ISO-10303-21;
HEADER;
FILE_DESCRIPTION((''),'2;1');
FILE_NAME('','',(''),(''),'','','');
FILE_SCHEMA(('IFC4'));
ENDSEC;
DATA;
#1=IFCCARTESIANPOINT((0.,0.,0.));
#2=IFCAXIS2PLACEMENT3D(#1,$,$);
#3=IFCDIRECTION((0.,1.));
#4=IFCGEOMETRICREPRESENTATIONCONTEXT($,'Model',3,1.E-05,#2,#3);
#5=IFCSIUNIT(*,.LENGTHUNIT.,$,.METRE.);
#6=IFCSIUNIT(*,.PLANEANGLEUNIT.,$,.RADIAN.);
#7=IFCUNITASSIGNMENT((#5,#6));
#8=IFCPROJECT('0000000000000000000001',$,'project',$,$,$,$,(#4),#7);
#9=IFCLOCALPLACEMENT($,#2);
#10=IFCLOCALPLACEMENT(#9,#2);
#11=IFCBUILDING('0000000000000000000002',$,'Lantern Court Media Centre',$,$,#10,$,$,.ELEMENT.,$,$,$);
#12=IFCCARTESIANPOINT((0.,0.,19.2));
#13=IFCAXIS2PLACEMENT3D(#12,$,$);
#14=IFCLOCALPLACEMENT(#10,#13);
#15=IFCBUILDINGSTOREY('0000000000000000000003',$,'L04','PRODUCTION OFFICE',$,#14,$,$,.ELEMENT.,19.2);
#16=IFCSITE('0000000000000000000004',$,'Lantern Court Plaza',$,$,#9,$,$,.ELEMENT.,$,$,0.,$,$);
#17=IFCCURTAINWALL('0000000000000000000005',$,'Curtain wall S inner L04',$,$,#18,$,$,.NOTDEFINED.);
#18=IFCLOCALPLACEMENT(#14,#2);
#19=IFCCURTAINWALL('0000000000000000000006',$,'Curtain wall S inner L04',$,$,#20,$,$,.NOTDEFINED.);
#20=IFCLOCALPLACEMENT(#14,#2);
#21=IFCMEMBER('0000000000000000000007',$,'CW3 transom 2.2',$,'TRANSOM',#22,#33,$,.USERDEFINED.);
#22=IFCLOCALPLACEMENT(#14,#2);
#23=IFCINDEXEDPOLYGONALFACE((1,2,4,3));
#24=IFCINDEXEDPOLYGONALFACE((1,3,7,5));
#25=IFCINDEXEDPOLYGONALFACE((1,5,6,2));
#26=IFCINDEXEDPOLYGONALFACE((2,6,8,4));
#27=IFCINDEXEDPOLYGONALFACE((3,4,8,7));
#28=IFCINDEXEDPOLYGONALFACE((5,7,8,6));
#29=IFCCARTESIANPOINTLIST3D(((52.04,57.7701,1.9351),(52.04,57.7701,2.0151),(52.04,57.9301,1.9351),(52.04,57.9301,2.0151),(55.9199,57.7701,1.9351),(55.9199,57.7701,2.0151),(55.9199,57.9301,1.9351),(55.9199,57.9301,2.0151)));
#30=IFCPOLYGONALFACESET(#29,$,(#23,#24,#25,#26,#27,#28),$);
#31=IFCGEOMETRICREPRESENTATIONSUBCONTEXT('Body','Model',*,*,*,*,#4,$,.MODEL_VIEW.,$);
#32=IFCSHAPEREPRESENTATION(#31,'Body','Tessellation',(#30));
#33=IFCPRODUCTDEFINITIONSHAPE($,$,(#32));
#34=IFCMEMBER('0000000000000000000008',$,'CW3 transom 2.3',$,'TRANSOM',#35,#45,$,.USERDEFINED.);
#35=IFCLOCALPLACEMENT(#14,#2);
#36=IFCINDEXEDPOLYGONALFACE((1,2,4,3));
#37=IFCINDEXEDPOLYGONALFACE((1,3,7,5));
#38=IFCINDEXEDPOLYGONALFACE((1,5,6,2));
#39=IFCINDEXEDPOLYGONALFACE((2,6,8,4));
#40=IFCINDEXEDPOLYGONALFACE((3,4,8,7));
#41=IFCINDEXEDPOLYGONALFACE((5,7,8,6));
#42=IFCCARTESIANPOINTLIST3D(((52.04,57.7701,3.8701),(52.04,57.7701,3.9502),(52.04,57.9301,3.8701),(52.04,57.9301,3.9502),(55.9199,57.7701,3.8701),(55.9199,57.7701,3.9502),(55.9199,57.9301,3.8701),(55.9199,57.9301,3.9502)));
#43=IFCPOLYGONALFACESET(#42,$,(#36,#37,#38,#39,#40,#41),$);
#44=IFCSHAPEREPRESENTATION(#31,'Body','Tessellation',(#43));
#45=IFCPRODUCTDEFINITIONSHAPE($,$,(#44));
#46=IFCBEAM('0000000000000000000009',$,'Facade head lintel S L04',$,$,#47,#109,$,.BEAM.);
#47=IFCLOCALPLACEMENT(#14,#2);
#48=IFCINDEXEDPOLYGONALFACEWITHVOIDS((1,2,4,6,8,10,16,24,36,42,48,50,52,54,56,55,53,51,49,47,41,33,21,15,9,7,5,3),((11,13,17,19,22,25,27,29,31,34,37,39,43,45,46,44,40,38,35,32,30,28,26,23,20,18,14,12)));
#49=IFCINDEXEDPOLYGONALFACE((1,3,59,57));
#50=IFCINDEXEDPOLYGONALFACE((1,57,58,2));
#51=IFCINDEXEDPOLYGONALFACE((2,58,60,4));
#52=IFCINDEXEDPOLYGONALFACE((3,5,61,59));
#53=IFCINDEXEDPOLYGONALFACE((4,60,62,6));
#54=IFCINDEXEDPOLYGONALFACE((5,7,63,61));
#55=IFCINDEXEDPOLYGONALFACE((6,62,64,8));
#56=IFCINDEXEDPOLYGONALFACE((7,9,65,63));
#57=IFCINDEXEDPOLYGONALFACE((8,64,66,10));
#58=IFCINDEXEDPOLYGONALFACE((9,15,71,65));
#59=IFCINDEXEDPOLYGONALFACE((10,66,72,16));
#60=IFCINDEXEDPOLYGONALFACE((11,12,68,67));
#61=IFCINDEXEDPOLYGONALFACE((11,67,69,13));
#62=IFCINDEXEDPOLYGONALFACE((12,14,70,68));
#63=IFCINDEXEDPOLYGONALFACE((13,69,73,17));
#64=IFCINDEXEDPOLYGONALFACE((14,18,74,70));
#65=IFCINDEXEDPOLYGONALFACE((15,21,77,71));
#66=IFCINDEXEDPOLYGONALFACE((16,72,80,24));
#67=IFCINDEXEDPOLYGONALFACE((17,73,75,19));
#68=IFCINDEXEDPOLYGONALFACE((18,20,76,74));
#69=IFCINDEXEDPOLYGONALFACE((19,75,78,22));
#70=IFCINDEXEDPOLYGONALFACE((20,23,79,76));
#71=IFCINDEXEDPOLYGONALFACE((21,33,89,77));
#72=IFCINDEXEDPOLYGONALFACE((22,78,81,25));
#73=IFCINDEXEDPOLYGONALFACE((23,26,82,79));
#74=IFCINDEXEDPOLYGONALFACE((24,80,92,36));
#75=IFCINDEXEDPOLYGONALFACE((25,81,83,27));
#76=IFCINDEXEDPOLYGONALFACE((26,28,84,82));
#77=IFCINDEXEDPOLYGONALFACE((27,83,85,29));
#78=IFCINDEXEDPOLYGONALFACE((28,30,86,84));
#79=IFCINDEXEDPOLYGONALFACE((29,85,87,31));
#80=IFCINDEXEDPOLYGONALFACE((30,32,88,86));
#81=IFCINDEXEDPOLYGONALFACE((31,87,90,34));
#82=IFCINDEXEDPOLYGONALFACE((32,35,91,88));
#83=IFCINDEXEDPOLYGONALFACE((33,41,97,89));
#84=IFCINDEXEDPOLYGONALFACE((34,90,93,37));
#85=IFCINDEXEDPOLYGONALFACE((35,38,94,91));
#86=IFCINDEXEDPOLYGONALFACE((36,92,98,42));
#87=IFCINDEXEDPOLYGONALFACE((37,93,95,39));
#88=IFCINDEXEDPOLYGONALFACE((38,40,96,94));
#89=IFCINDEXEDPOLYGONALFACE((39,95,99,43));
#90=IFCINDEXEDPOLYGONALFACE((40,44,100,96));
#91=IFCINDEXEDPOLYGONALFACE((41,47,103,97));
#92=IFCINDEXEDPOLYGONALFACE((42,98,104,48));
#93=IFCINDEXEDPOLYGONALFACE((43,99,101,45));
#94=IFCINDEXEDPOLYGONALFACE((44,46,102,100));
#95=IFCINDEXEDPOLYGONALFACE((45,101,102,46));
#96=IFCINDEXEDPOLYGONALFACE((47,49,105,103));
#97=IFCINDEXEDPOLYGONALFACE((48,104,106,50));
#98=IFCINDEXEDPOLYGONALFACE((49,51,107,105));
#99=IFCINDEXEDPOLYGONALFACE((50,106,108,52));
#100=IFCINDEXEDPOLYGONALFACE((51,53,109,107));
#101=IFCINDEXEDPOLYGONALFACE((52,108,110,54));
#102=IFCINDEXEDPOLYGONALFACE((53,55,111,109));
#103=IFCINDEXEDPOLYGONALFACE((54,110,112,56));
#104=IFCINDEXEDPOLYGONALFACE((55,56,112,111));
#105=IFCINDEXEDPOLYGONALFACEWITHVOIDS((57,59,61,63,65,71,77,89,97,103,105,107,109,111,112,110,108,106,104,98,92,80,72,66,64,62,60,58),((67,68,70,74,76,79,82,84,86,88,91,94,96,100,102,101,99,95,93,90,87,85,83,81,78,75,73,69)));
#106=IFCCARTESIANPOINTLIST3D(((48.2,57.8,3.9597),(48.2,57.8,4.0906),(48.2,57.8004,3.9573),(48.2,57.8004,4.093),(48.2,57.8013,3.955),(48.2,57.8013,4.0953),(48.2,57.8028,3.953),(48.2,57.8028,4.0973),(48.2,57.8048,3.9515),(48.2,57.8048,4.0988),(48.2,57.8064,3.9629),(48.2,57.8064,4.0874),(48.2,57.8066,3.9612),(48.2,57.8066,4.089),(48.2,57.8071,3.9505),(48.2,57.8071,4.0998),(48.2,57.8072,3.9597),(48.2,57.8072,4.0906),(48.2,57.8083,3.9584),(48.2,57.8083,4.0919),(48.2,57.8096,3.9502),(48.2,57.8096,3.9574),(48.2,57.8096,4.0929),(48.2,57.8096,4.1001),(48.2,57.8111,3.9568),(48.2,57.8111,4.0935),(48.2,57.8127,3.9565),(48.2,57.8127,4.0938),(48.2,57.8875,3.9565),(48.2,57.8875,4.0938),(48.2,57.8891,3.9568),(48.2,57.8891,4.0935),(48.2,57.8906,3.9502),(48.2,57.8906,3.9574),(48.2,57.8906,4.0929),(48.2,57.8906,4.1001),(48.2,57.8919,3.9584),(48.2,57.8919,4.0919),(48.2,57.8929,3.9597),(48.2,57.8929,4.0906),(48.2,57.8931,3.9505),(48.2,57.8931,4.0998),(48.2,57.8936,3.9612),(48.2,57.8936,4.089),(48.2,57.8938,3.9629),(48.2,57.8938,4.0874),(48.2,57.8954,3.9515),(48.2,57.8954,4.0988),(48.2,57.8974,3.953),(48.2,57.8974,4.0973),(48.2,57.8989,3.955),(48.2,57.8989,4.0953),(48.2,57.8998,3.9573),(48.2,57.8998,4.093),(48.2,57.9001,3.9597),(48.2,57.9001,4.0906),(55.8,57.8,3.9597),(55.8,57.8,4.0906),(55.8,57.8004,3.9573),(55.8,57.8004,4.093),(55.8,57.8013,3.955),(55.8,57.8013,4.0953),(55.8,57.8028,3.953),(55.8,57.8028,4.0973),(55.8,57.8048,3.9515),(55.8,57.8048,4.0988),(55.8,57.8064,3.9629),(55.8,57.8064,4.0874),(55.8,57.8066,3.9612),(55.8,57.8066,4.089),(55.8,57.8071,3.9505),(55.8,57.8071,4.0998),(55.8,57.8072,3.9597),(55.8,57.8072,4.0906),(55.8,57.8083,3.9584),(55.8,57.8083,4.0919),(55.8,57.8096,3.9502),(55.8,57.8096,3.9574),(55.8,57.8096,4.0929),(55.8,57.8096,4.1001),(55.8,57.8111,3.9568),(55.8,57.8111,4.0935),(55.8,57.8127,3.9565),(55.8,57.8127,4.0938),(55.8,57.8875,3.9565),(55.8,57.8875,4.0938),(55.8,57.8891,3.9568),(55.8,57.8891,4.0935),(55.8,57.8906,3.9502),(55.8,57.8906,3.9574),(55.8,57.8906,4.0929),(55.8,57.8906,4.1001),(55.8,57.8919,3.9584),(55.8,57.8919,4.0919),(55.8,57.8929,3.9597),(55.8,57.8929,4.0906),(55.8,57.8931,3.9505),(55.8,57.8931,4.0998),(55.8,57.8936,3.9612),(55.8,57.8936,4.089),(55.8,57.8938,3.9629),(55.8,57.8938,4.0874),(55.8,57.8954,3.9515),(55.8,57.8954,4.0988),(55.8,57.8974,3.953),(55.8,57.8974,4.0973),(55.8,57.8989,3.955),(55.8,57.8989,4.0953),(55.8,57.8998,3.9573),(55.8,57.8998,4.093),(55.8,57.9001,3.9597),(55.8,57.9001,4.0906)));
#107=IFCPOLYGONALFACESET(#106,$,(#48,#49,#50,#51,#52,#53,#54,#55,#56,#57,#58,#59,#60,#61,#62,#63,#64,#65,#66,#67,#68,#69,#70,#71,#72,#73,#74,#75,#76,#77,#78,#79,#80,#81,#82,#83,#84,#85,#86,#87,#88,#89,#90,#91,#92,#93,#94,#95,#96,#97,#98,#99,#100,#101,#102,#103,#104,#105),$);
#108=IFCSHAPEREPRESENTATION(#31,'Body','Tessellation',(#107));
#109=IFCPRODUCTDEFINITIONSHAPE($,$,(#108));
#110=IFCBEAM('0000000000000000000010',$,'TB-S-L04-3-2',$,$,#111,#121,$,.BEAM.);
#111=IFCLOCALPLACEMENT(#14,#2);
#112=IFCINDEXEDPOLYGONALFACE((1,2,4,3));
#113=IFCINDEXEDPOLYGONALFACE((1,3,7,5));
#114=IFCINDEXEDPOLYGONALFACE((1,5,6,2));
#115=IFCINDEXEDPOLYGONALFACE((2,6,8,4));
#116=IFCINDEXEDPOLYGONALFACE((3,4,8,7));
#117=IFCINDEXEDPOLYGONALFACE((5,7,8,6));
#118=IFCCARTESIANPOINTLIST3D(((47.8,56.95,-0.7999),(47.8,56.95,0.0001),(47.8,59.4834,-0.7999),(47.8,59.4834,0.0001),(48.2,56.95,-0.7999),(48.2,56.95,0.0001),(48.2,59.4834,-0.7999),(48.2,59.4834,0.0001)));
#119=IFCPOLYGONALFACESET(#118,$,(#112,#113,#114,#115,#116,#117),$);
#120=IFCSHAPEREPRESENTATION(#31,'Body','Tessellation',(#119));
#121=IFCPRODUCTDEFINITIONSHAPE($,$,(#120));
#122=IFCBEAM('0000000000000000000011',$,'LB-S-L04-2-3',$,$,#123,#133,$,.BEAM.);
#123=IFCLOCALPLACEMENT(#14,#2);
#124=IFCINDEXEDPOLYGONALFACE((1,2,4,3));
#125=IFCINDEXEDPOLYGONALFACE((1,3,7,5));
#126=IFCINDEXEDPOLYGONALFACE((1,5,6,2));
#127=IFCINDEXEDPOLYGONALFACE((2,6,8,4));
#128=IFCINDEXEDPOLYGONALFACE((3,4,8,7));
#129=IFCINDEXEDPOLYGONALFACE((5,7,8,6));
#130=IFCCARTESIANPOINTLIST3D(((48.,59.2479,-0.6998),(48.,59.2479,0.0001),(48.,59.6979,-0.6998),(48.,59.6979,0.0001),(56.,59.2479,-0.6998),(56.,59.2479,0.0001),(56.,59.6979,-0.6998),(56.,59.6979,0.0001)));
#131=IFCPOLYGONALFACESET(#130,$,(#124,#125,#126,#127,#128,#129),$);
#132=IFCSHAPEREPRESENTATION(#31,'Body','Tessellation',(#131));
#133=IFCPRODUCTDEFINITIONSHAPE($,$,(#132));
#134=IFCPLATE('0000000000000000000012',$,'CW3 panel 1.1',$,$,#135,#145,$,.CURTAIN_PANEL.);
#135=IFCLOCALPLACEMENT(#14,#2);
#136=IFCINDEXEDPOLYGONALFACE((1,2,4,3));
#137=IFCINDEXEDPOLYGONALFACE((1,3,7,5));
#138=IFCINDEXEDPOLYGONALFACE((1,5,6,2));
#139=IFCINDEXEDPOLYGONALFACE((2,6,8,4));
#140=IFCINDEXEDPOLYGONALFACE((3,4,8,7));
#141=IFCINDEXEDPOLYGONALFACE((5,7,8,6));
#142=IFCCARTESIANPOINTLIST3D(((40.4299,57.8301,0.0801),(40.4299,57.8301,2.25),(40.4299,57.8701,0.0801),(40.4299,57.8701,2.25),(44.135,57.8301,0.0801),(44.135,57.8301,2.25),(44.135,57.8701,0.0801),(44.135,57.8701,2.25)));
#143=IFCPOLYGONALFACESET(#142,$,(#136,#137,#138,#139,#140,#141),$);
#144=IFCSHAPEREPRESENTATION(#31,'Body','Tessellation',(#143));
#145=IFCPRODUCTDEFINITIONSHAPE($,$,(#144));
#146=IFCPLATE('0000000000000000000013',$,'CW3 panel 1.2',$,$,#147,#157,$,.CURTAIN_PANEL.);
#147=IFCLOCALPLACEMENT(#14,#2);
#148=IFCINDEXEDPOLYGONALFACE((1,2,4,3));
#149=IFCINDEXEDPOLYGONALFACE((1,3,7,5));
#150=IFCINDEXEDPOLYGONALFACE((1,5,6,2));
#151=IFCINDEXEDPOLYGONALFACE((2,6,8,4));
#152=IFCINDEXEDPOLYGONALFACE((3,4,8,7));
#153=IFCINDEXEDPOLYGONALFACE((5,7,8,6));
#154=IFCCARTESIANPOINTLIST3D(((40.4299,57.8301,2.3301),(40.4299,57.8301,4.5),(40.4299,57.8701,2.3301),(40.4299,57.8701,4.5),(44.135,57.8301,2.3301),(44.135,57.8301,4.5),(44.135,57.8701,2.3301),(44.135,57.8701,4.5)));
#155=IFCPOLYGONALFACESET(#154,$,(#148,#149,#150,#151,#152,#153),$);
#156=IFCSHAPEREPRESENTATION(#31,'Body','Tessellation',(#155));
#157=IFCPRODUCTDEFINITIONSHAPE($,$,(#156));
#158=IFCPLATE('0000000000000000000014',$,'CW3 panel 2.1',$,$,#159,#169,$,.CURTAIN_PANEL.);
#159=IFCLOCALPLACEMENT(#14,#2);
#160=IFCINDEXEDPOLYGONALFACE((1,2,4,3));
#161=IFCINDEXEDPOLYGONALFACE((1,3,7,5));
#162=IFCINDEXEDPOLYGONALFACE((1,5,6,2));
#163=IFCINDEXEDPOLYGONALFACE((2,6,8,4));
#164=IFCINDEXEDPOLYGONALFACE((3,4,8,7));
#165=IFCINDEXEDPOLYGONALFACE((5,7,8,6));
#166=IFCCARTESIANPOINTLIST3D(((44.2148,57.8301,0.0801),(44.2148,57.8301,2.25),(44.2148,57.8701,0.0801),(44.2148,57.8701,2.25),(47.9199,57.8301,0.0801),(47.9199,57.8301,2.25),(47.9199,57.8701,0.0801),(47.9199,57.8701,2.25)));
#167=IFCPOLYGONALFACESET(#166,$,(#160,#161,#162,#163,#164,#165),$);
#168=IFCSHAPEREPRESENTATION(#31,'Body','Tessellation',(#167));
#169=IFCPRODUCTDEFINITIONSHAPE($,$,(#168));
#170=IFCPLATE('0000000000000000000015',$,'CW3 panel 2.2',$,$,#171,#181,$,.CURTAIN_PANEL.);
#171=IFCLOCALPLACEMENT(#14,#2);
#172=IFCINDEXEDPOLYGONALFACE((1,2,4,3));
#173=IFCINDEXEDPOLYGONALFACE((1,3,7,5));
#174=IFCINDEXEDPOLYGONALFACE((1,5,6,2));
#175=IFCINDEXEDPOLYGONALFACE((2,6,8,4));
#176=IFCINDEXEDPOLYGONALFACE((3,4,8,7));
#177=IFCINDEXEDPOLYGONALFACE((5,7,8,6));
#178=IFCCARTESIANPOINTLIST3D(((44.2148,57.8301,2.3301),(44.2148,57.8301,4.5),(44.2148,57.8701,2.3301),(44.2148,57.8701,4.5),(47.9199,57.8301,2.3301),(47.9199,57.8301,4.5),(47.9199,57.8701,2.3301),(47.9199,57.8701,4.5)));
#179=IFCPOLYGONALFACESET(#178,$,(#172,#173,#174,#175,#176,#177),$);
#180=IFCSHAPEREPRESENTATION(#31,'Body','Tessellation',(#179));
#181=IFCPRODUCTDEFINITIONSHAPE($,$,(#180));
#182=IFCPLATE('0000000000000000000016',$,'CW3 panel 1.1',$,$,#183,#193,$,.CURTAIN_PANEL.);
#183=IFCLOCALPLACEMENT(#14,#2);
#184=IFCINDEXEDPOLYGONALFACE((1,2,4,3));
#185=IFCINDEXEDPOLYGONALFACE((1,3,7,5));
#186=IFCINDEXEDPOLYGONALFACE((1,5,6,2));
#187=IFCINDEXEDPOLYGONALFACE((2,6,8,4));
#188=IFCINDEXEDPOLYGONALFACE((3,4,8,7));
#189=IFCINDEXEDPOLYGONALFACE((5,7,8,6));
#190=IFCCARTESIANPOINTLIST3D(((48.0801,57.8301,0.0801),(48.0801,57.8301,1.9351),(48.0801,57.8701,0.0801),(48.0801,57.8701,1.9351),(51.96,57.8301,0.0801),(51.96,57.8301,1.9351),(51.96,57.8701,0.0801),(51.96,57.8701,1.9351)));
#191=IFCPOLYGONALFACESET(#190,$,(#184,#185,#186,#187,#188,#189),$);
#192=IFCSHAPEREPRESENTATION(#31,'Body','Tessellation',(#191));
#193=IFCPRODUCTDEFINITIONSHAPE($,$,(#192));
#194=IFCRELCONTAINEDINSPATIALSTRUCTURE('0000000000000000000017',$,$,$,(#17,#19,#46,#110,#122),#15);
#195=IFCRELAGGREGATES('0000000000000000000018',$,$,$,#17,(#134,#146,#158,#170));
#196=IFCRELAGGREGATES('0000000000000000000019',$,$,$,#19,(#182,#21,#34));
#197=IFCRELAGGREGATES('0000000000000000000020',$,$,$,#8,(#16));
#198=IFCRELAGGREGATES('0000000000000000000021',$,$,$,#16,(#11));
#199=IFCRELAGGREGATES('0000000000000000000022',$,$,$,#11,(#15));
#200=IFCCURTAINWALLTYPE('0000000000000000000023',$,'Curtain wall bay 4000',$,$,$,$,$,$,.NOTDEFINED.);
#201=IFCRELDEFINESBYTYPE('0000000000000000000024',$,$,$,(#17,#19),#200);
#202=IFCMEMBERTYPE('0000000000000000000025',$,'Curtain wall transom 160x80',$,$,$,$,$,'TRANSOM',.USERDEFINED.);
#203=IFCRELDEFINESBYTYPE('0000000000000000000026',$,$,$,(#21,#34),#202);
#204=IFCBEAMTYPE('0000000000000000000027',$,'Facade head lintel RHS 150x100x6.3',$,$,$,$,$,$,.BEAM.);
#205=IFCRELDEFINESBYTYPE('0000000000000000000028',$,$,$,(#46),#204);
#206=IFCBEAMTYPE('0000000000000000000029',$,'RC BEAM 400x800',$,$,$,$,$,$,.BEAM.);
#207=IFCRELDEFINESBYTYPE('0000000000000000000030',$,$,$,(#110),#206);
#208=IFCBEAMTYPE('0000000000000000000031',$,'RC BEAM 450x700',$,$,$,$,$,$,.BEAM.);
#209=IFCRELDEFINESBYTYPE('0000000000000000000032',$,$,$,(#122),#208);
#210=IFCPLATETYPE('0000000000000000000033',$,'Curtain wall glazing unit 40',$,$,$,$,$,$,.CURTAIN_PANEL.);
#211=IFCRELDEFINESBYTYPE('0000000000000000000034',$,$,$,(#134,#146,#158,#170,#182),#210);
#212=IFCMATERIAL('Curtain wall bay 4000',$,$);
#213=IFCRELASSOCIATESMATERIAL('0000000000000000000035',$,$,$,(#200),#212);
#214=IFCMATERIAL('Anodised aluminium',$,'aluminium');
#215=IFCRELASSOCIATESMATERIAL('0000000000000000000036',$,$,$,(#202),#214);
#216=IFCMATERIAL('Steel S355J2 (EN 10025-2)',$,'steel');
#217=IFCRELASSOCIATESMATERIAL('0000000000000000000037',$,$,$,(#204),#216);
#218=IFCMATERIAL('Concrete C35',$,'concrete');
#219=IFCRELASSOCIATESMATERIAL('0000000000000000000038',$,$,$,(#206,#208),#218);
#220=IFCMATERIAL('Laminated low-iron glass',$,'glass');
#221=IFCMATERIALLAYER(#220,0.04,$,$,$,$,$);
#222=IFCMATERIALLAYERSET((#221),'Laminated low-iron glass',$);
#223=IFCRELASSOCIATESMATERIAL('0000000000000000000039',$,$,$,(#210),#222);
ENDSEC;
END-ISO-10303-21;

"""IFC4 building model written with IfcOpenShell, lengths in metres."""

from ifc_helpers import new_model, si_unit, direction, frame, origin, origin_2d, place, context, subcontext, project, spatial, rectangle, hollow_rectangle, extrude, material, layer, layer_set, material_profile, profile_set, type_object, element, aggregate, save


model = new_model("IFC4")

# Units and contexts
model_context = context("Model", 3, precision=1e-05, world=origin(), true_north=direction((0.0, 1.0)))
body_context = subcontext(model_context, "Body", "Model", "MODEL_VIEW")
ifc_project = project(units=[si_unit("LENGTHUNIT", "METRE"), si_unit("PLANEANGLEUNIT", "RADIAN")], contexts=[model_context])

# Site, building, storey
site_placement = place(None, origin())
site = spatial("IfcSite", under=ifc_project, at=site_placement, Name="Lantern Court Plaza", CompositionType="ELEMENT", RefElevation=0.0)
building_placement = place(site_placement, origin())
building = spatial("IfcBuilding", under=site, at=building_placement, Name="Lantern Court Media Centre", CompositionType="ELEMENT")
storey_placement = place(building_placement, frame((0.0, 0.0, 19.2)))
storey = spatial("IfcBuildingStorey", under=building, at=storey_placement, Name="L04", Description="PRODUCTION OFFICE", CompositionType="ELEMENT", Elevation=19.2)

# Shared definitions
ifc_material_1 = material(Name="Concrete C35", Category="concrete")

# Curtain walls
ifc_material_2 = material(Name="Curtain wall bay 4000")
curtain_wall_type = type_object("IfcCurtainWallType", Name="Curtain wall bay 4000", PredefinedType="NOTDEFINED", material=ifc_material_2)
curtain_wall_1_placement = place(storey_placement, origin())
curtain_wall_1 = element("IfcCurtainWall", 1, at=curtain_wall_1_placement, inside=storey, type_object=curtain_wall_type, Name="Curtain wall S inner L04", PredefinedType="NOTDEFINED")
ifc_material_3 = material(Name="Anodised aluminium", Category="aluminium")
curtain_wall_2_placement = place(storey_placement, origin())
curtain_wall_2 = element("IfcCurtainWall", 2, at=curtain_wall_2_placement, inside=storey, type_object=curtain_wall_type, Name="Curtain wall S inner L04", PredefinedType="NOTDEFINED")

# Members
ifc_material_profile_1 = material_profile(ifc_material_3, rectangle(XDim=0.1599, YDim=0.0801, at=origin_2d()), Name="AL 80x160")
ifc_profile_set_1 = profile_set([ifc_material_profile_1], Name="Anodised aluminium")
member_type_1 = type_object("IfcMemberType", Name="Curtain wall transom 160x80", ElementType="TRANSOM", PredefinedType="USERDEFINED", material=ifc_profile_set_1)
member_1_placement = place(storey_placement, frame((52.04, 57.8501, 1.9751), z_axis=(1.0, 0.0, 0.0), x_axis=(0.0, 1.0, 0.0)))
member_1 = element("IfcMember", 3, at=member_1_placement, type_object=member_type_1, Name="CW3 transom 2.2", ObjectType="TRANSOM", PredefinedType="USERDEFINED", context=body_context, shape_type="SweptSolid", body=[
    extrude(rectangle(XDim=0.1599, YDim=0.0801, at=origin_2d()), origin(), (0.0, 0.0, 1.0), 3.8799),
])
member_2_placement = place(storey_placement, frame((52.04, 57.8501, 3.9102), z_axis=(1.0, 0.0, 0.0), x_axis=(0.0, 1.0, 0.0)))
member_2 = element("IfcMember", 4, at=member_2_placement, type_object=member_type_1, Name="CW3 transom 2.3", ObjectType="TRANSOM", PredefinedType="USERDEFINED", context=body_context, shape_type="SweptSolid", body=[
    extrude(rectangle(XDim=0.1599, YDim=0.0801, at=origin_2d()), origin(), (0.0, 0.0, 1.0), 3.8799),
])

# Beams
ifc_material_4 = material(Name="Steel S355J2 (EN 10025-2)", Category="steel")
ifc_material_profile_2 = material_profile(ifc_material_4, hollow_rectangle(XDim=0.1001, YDim=0.1499, WallThickness=0.0063, InnerFilletRadius=0.0063, OuterFilletRadius=0.0095, at=origin_2d()), Name="Facade head lintel RHS 150x100x6.3")
ifc_profile_set_2 = profile_set([ifc_material_profile_2], Name="Steel S355J2 (EN 10025-2)")
beam_type_1 = type_object("IfcBeamType", Name="Facade head lintel RHS 150x100x6.3", PredefinedType="BEAM", material=ifc_profile_set_2)
beam_1_placement = place(storey_placement, frame((48.2, 57.8501, 4.0251), z_axis=(1.0, 0.0, 0.0), x_axis=(0.0, 1.0, 0.0)))
element("IfcBeam", 5, at=beam_1_placement, inside=storey, type_object=beam_type_1, Name="Facade head lintel S L04", PredefinedType="BEAM", context=body_context, shape_type="SweptSolid", body=[
    extrude(hollow_rectangle(XDim=0.1001, YDim=0.1499, WallThickness=0.0063, InnerFilletRadius=0.0063, OuterFilletRadius=0.0095, at=origin_2d()), origin(), (0.0, 0.0, 1.0), 7.6001),
])
ifc_material_profile_3 = material_profile(ifc_material_1, rectangle(XDim=0.3999, YDim=0.8, at=origin_2d()), Name="RC 400x800")
ifc_profile_set_3 = profile_set([ifc_material_profile_3], Name="Concrete C35")
beam_type_2 = type_object("IfcBeamType", Name="RC BEAM 400x800", PredefinedType="BEAM", material=ifc_profile_set_3)
beam_2_placement = place(storey_placement, frame((48.0, 56.95, -0.3999), z_axis=(0.0, 1.0, 0.0), x_axis=(-1.0, 0.0, 0.0)))
element("IfcBeam", 6, at=beam_2_placement, inside=storey, type_object=beam_type_2, Name="TB-S-L04-3-2", PredefinedType="BEAM", context=body_context, shape_type="SweptSolid", body=[
    extrude(rectangle(XDim=0.3999, YDim=0.8, at=origin_2d()), origin(), (0.0, 0.0, 1.0), 2.5334),
])
ifc_material_profile_4 = material_profile(ifc_material_1, rectangle(XDim=0.45, YDim=0.7, at=origin_2d()), Name="RC 450x700")
ifc_profile_set_4 = profile_set([ifc_material_profile_4], Name="Concrete C35")
beam_type_3 = type_object("IfcBeamType", Name="RC BEAM 450x700", PredefinedType="BEAM", material=ifc_profile_set_4)
beam_3_placement = place(storey_placement, frame((48.0, 59.4729, -0.3499), z_axis=(1.0, 0.0, 0.0), x_axis=(0.0, 1.0, 0.0)))
element("IfcBeam", 7, at=beam_3_placement, inside=storey, type_object=beam_type_3, Name="LB-S-L04-2-3", PredefinedType="BEAM", context=body_context, shape_type="SweptSolid", body=[
    extrude(rectangle(XDim=0.45, YDim=0.7, at=origin_2d()), origin(), (0.0, 0.0, 1.0), 8.0),
])

# Plates
ifc_material_5 = material(Name="Laminated low-iron glass", Category="glass")
ifc_layer_1 = layer(ifc_material_5, 0.04)
ifc_layer_set_1 = layer_set([ifc_layer_1], Name="Laminated low-iron glass")
plate_type = type_object("IfcPlateType", Name="Curtain wall glazing unit 40", PredefinedType="CURTAIN_PANEL", material=ifc_layer_set_1)
plate_1_placement = place(storey_placement, frame((42.2825, 57.8501, 0.0801), z_axis=(0.0, 0.0, 1.0), x_axis=(1.0, 0.0, 0.0)))
plate_1 = element("IfcPlate", 8, at=plate_1_placement, type_object=plate_type, Name="CW3 panel 1.1", PredefinedType="CURTAIN_PANEL", context=body_context, shape_type="SweptSolid", body=[
    extrude(rectangle(XDim=3.7051, YDim=0.04, at=origin_2d()), origin(), (0.0, 0.0, 1.0), 2.1699),
])
plate_2_placement = place(storey_placement, frame((42.2825, 57.8501, 2.3301), z_axis=(0.0, 0.0, 1.0), x_axis=(1.0, 0.0, 0.0)))
plate_2 = element("IfcPlate", 9, at=plate_2_placement, type_object=plate_type, Name="CW3 panel 1.2", PredefinedType="CURTAIN_PANEL", context=body_context, shape_type="SweptSolid", body=[
    extrude(rectangle(XDim=3.7051, YDim=0.04, at=origin_2d()), origin(), (0.0, 0.0, 1.0), 2.1699),
])
plate_3_placement = place(storey_placement, frame((46.0674, 57.8501, 0.0801), z_axis=(0.0, 0.0, 1.0), x_axis=(1.0, 0.0, 0.0)))
plate_3 = element("IfcPlate", 10, at=plate_3_placement, type_object=plate_type, Name="CW3 panel 2.1", PredefinedType="CURTAIN_PANEL", context=body_context, shape_type="SweptSolid", body=[
    extrude(rectangle(XDim=3.7051, YDim=0.04, at=origin_2d()), origin(), (0.0, 0.0, 1.0), 2.1699),
])
plate_4_placement = place(storey_placement, frame((46.0674, 57.8501, 2.3301), z_axis=(0.0, 0.0, 1.0), x_axis=(1.0, 0.0, 0.0)))
plate_4 = element("IfcPlate", 11, at=plate_4_placement, type_object=plate_type, Name="CW3 panel 2.2", PredefinedType="CURTAIN_PANEL", context=body_context, shape_type="SweptSolid", body=[
    extrude(rectangle(XDim=3.7051, YDim=0.04, at=origin_2d()), origin(), (0.0, 0.0, 1.0), 2.1699),
])
aggregate(curtain_wall_1, [plate_1, plate_2, plate_3, plate_4])
plate_5_placement = place(storey_placement, frame((50.02, 57.8501, 0.0801), z_axis=(0.0, 0.0, 1.0), x_axis=(1.0, 0.0, 0.0)))
plate_5 = element("IfcPlate", 12, at=plate_5_placement, type_object=plate_type, Name="CW3 panel 1.1", PredefinedType="CURTAIN_PANEL", context=body_context, shape_type="SweptSolid", body=[
    extrude(rectangle(XDim=3.8799, YDim=0.04, at=origin_2d()), origin(), (0.0, 0.0, 1.0), 1.855),
])
aggregate(curtain_wall_2, [plate_5, member_1, member_2])

save(model, "model.ifc")
